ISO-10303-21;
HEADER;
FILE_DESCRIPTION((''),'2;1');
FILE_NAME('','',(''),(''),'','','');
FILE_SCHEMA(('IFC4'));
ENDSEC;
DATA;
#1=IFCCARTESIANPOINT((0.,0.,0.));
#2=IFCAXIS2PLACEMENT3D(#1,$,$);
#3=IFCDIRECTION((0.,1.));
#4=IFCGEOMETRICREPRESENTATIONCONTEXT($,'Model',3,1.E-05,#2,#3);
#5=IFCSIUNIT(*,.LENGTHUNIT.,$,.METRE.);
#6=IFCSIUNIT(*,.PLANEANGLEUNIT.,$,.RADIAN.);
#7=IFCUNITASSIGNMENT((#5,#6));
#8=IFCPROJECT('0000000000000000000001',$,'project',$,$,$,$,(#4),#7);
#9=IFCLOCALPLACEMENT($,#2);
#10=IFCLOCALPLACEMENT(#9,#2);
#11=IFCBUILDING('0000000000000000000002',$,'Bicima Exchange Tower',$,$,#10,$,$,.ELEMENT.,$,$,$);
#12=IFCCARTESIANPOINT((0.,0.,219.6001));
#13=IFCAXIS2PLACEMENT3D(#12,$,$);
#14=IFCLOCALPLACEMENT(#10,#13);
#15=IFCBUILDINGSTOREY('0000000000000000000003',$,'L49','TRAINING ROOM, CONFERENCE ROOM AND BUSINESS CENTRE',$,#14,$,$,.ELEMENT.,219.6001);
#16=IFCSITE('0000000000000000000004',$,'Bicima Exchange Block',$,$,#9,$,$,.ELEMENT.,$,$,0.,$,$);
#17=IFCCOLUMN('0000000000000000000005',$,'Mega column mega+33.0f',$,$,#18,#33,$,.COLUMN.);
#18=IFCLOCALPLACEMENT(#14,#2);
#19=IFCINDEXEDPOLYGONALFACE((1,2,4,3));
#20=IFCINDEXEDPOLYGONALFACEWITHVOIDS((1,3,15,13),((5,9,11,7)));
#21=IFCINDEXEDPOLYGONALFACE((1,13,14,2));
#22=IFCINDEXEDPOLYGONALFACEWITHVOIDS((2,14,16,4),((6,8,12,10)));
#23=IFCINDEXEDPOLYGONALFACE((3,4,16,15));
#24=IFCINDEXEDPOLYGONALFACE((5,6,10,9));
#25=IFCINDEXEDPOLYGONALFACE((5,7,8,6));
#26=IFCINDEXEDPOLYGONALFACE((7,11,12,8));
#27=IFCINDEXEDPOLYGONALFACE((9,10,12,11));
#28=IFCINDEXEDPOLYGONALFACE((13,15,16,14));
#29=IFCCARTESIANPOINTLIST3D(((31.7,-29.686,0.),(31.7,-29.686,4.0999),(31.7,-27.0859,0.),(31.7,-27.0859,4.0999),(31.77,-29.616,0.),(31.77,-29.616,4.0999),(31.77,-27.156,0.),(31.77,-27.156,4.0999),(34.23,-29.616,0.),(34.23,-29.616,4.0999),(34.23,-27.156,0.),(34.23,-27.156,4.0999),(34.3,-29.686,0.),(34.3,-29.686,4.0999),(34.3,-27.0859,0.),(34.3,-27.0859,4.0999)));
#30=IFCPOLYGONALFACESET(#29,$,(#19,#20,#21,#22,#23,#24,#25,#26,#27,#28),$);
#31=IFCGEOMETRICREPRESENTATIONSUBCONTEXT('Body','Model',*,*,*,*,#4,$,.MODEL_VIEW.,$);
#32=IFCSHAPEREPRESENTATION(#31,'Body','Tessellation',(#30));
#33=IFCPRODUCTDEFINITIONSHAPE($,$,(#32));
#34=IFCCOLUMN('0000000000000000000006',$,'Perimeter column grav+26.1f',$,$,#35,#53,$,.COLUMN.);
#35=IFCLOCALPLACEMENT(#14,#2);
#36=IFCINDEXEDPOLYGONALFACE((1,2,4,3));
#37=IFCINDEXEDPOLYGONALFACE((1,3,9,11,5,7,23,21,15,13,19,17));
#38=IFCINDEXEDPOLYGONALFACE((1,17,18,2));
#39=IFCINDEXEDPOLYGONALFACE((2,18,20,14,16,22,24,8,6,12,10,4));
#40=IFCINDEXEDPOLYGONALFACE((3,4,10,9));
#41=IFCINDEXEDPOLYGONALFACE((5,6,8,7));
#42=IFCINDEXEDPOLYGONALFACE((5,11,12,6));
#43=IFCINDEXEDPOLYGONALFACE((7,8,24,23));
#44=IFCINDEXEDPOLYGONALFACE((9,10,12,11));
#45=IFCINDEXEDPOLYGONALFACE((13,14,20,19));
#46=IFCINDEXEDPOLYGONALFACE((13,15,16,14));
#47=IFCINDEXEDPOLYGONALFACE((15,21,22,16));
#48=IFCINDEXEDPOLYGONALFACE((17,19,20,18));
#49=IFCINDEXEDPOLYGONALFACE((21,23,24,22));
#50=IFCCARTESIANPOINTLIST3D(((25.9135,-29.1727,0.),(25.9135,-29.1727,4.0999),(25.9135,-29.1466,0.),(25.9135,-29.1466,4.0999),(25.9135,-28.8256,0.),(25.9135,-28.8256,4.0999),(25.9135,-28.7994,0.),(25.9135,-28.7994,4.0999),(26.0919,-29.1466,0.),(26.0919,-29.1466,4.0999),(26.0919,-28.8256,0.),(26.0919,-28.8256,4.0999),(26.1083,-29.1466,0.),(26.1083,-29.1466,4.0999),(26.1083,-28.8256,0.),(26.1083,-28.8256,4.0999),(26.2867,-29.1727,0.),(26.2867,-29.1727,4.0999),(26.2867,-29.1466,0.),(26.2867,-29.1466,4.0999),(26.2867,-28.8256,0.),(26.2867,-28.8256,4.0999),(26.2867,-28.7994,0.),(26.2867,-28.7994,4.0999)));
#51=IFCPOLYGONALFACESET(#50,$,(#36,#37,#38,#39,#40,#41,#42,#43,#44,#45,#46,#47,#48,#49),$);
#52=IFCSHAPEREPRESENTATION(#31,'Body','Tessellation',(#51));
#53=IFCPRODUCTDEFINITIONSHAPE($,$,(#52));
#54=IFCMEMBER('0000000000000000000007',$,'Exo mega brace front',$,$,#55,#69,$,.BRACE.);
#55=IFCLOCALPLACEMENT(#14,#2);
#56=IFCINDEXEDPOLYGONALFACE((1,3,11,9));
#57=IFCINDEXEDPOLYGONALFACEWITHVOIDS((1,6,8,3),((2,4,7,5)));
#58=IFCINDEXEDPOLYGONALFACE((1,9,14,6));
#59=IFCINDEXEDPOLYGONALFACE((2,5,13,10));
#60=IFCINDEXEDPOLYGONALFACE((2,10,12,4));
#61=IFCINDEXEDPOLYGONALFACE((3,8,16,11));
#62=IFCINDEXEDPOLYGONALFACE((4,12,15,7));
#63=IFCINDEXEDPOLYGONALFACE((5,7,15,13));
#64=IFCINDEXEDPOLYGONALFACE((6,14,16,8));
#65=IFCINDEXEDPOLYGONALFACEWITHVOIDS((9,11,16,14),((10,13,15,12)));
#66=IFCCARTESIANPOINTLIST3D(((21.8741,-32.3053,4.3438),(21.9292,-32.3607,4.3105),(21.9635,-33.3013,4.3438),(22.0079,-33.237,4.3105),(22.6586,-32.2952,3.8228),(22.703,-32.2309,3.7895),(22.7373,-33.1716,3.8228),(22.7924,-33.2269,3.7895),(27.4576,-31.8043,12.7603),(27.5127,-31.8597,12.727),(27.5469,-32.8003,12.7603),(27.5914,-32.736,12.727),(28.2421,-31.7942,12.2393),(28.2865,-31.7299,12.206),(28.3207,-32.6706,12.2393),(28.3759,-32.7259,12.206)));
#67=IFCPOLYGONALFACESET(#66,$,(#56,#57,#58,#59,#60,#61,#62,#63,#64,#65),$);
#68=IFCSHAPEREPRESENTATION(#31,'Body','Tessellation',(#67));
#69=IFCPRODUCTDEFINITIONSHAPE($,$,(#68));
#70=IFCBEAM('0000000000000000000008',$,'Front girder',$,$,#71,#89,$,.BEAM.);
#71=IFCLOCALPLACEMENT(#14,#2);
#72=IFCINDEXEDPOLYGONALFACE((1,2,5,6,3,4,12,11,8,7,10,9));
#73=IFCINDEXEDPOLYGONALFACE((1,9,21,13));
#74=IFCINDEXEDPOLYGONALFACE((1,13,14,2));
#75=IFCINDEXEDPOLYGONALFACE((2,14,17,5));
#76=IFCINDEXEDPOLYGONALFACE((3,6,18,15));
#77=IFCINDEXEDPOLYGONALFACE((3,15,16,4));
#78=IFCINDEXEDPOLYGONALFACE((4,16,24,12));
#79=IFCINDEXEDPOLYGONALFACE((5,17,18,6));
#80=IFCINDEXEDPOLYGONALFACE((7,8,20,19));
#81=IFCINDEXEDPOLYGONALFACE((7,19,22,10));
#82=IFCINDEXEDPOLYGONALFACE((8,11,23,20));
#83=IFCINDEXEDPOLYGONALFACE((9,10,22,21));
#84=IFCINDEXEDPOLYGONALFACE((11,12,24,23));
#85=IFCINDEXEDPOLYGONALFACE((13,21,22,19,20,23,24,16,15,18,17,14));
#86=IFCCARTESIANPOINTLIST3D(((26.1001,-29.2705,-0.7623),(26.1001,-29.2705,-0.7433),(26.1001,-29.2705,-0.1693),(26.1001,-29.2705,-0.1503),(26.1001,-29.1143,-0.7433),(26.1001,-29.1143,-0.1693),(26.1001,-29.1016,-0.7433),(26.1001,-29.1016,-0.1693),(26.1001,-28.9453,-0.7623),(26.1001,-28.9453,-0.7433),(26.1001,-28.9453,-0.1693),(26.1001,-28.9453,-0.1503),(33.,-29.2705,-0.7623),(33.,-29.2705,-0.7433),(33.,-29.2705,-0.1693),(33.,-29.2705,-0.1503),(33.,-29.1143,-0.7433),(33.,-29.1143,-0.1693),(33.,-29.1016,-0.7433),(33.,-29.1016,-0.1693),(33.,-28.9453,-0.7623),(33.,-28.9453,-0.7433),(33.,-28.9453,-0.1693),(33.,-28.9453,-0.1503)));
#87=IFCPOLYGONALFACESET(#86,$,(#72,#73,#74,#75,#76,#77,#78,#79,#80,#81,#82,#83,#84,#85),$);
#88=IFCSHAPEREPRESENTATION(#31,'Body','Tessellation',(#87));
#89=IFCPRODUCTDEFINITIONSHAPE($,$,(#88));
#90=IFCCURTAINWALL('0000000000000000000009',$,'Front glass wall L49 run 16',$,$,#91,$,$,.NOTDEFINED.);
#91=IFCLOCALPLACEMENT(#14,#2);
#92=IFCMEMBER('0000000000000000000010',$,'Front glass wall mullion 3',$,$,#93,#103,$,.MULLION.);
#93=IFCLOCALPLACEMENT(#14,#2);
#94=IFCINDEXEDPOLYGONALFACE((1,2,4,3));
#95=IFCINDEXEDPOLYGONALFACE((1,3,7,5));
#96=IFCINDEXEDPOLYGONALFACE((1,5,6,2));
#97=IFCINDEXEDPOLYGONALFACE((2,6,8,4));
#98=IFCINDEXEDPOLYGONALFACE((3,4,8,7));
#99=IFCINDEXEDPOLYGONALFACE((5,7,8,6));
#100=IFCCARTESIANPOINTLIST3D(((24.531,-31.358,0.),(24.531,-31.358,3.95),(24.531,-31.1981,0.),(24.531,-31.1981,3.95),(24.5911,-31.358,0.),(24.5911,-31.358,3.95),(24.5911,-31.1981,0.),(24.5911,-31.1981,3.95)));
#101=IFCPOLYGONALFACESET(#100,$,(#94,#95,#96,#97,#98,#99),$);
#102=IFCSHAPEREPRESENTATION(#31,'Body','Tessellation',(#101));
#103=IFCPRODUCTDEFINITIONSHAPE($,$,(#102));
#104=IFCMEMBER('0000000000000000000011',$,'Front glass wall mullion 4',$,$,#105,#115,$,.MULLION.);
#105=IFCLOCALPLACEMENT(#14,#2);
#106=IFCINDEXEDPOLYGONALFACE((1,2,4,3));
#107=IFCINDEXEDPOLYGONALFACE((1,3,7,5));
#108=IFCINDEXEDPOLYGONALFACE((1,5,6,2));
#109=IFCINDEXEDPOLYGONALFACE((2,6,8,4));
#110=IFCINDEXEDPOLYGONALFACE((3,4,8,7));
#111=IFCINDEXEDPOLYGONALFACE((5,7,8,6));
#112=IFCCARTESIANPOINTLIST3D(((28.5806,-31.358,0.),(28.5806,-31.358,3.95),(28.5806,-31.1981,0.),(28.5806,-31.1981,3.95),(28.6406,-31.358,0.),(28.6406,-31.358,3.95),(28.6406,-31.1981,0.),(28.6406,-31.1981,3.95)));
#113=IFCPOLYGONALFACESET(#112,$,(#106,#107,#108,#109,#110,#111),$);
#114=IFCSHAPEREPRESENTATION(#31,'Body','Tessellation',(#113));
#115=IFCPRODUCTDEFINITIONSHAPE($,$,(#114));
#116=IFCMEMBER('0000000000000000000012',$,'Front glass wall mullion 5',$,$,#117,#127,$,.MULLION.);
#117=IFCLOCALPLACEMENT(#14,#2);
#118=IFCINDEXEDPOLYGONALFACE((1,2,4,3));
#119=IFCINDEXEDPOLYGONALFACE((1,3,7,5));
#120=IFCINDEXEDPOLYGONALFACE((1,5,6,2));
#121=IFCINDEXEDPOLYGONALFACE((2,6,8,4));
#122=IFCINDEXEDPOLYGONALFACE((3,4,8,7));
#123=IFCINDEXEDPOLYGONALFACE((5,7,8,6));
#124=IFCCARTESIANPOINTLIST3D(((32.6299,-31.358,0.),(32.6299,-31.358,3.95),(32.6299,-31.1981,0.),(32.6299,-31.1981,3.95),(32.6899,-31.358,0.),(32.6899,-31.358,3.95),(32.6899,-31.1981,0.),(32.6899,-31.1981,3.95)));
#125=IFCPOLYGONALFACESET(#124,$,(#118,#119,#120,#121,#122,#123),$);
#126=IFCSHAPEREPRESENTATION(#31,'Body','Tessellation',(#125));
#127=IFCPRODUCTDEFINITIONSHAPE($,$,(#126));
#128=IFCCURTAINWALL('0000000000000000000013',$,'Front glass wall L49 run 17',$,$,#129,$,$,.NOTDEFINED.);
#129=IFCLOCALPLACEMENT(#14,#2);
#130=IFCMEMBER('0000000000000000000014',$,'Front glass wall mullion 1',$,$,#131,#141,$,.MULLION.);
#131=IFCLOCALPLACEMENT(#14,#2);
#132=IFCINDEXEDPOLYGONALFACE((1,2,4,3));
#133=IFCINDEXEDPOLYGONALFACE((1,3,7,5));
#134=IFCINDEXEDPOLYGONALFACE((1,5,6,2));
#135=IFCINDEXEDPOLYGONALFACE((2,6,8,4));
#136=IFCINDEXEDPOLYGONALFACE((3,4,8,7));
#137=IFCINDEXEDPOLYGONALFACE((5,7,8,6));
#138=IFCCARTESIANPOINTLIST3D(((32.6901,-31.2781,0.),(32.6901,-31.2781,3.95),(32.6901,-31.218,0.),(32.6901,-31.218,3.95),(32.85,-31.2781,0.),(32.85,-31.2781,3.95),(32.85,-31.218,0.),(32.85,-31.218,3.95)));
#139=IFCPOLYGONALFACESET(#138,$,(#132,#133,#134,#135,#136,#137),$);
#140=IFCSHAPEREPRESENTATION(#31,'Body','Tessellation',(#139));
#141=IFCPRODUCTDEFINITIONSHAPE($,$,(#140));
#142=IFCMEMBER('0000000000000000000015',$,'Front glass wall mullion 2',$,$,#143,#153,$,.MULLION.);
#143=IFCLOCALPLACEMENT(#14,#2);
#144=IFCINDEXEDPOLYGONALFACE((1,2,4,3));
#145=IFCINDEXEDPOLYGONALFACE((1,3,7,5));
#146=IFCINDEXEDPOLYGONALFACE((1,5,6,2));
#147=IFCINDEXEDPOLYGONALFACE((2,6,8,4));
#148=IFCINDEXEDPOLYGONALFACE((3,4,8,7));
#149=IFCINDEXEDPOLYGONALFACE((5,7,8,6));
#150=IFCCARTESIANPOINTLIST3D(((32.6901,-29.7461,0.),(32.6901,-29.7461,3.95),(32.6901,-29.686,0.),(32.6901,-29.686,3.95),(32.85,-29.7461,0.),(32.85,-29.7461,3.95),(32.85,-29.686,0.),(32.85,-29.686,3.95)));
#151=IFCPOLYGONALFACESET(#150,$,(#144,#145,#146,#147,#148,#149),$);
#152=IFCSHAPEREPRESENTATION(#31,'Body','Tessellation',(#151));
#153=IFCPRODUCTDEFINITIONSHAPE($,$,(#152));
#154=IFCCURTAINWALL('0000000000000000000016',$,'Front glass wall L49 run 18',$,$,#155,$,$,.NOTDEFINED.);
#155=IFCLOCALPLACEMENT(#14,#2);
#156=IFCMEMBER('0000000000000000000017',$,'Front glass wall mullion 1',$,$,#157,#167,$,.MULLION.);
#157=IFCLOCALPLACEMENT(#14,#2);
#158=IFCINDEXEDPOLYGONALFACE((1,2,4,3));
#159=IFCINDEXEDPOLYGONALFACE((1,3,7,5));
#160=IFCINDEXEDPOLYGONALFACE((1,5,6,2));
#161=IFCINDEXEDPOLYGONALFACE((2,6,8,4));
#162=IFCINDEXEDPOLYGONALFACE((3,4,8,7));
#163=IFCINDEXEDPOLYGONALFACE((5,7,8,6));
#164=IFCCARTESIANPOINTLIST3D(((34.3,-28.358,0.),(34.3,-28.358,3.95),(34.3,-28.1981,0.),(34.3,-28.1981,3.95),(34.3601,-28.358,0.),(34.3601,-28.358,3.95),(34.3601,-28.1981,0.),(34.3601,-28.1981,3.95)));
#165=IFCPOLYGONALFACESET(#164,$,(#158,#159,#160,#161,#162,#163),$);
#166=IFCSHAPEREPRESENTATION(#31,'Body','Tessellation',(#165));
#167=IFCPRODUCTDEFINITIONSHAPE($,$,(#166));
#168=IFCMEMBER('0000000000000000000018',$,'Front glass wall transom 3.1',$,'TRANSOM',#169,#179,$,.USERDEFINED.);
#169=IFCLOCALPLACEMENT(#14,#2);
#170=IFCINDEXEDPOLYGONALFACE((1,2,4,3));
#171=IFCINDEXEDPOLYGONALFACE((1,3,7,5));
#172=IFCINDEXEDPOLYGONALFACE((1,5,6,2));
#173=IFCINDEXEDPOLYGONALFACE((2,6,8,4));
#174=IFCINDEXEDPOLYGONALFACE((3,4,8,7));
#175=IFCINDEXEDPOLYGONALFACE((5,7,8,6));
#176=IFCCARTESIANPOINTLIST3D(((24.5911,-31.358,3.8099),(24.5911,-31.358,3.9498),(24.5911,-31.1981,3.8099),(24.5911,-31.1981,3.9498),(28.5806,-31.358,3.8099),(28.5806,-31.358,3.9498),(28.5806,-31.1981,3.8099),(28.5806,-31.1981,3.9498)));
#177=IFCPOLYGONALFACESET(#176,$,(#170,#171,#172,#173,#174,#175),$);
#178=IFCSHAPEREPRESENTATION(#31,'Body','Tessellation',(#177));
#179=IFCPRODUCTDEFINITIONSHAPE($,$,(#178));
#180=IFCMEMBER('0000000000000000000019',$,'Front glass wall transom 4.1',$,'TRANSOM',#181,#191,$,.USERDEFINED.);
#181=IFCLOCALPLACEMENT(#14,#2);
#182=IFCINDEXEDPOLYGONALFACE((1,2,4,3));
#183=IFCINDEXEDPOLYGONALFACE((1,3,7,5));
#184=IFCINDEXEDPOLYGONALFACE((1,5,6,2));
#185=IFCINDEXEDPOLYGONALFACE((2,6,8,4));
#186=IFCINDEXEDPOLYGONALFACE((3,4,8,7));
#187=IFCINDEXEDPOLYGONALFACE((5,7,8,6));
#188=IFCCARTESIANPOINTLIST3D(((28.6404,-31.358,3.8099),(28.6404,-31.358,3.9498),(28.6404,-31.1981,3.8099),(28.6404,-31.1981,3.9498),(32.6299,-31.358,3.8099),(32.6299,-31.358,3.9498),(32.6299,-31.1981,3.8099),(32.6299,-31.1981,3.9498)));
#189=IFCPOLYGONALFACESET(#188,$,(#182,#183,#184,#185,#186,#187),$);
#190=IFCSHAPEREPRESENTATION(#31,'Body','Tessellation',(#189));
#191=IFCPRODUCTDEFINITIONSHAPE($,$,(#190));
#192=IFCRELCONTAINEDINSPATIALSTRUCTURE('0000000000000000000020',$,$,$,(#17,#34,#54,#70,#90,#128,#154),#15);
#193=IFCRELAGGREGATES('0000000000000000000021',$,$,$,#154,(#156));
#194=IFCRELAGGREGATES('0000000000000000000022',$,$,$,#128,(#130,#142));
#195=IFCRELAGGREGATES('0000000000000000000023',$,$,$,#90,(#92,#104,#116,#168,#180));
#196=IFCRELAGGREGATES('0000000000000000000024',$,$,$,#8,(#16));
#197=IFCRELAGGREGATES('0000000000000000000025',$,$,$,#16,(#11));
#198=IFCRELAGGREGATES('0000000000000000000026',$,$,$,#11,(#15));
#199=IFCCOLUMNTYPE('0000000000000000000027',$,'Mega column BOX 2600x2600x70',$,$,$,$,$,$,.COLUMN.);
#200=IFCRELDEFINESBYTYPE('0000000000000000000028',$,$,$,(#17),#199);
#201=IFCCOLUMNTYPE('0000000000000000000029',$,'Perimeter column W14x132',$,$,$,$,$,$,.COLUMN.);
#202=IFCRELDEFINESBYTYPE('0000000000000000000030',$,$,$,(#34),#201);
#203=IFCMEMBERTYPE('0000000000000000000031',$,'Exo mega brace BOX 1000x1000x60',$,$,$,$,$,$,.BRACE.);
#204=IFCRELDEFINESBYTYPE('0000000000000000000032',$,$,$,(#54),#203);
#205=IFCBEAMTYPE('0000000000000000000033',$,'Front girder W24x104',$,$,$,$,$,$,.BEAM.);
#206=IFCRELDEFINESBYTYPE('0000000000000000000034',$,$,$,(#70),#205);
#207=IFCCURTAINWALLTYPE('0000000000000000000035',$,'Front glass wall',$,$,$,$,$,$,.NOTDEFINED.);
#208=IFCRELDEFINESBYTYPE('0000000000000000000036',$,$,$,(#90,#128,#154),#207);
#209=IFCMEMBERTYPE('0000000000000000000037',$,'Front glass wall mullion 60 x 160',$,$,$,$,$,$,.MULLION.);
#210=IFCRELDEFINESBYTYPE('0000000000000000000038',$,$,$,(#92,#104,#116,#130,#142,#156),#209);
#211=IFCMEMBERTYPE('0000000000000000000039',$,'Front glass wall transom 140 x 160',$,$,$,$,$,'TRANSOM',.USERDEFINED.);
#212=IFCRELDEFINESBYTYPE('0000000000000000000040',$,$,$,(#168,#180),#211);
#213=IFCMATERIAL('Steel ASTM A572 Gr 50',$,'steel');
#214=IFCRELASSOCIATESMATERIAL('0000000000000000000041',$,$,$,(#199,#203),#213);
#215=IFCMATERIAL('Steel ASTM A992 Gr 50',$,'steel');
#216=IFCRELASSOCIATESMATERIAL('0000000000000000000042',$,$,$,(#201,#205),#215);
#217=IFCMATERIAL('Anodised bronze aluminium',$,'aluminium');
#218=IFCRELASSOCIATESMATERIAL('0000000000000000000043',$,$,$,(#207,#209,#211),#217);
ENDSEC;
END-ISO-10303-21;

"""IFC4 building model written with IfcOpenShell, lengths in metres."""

from ifc_helpers import new_model, si_unit, direction, frame, origin, origin_2d, place, context, subcontext, project, spatial, rectangle, hollow_rectangle, i_section, extrude, material, material_profile, profile_set, type_object, element, aggregate, save


model = new_model("IFC4")

# Units and contexts
model_context = context("Model", 3, precision=1e-05, world=origin(), true_north=direction((0.0, 1.0)))
body_context = subcontext(model_context, "Body", "Model", "MODEL_VIEW")
ifc_project = project(units=[si_unit("LENGTHUNIT", "METRE"), si_unit("PLANEANGLEUNIT", "RADIAN")], contexts=[model_context])

# Site, building, storey
site_placement = place(None, origin())
site = spatial("IfcSite", under=ifc_project, at=site_placement, Name="Bicima Exchange Block", CompositionType="ELEMENT", RefElevation=0.0)
building_placement = place(site_placement, origin())
building = spatial("IfcBuilding", under=site, at=building_placement, Name="Bicima Exchange Tower", CompositionType="ELEMENT")
storey_placement = place(building_placement, frame((0.0, 0.0, 219.6001)))
storey = spatial("IfcBuildingStorey", under=building, at=storey_placement, Name="L49", Description="TRAINING ROOM, CONFERENCE ROOM AND BUSINESS CENTRE", CompositionType="ELEMENT", Elevation=219.6001)

# Columns
ifc_material_1 = material(Name="Steel ASTM A572 Gr 50", Category="steel")
ifc_material_profile_1 = material_profile(ifc_material_1, hollow_rectangle(XDim=2.6001, YDim=2.6001, WallThickness=0.0701, at=origin_2d()))
ifc_profile_set_1 = profile_set([ifc_material_profile_1], Name="Steel ASTM A572 Gr 50")
column_type_1 = type_object("IfcColumnType", Name="Mega column BOX 2600x2600x70", PredefinedType="COLUMN", material=ifc_profile_set_1)
column_1_placement = place(storey_placement, frame((33.0, -28.386, 0.0), z_axis=(0.0, 0.0, 1.0), x_axis=(1.0, 0.0, 0.0)))
element("IfcColumn", 1, at=column_1_placement, inside=storey, type_object=column_type_1, Name="Mega column mega+33.0f", PredefinedType="COLUMN", context=body_context, shape_type="SweptSolid", body=[
    extrude(hollow_rectangle(XDim=2.6001, YDim=2.6001, WallThickness=0.0701, at=origin_2d()), origin(), (0.0, 0.0, 1.0), 4.0999),
])
ifc_material_2 = material(Name="Steel ASTM A992 Gr 50", Category="steel")
ifc_material_profile_2 = material_profile(ifc_material_2, i_section(OverallWidth=0.3733, OverallDepth=0.3733, WebThickness=0.0164, FlangeThickness=0.0261, at=origin_2d()))
ifc_profile_set_2 = profile_set([ifc_material_profile_2], Name="Steel ASTM A992 Gr 50")
column_type_2 = type_object("IfcColumnType", Name="Perimeter column W14x132", PredefinedType="COLUMN", material=ifc_profile_set_2)
column_2_placement = place(storey_placement, frame((26.1001, -28.9861, 0.0), z_axis=(0.0, 0.0, 1.0), x_axis=(1.0, 0.0, 0.0)))
element("IfcColumn", 2, at=column_2_placement, inside=storey, type_object=column_type_2, Name="Perimeter column grav+26.1f", PredefinedType="COLUMN", context=body_context, shape_type="SweptSolid", body=[
    extrude(i_section(OverallWidth=0.3733, OverallDepth=0.3733, WebThickness=0.0164, FlangeThickness=0.0261, at=origin_2d()), origin(), (0.0, 0.0, 1.0), 4.0999),
])

# Member
ifc_material_profile_3 = material_profile(ifc_material_1, hollow_rectangle(XDim=1.0, YDim=1.0, WallThickness=0.0601, at=origin_2d()))
ifc_profile_set_3 = profile_set([ifc_material_profile_3], Name="Steel ASTM A572 Gr 50")
member_type_1 = type_object("IfcMemberType", Name="Exo mega brace BOX 1000x1000x60", PredefinedType="BRACE", material=ifc_profile_set_3)
member_1_placement = place(storey_placement, frame((22.3333, -32.7661, 4.0667), z_axis=(0.552135, 0.04954, 0.832282), x_axis=(-0.089366, 0.995999, 0.0)))
element("IfcMember", 3, at=member_1_placement, inside=storey, type_object=member_type_1, Name="Exo mega brace front", PredefinedType="BRACE", context=body_context, shape_type="SweptSolid", body=[
    extrude(hollow_rectangle(XDim=1.0, YDim=1.0, WallThickness=0.0601, at=origin_2d()), origin(), (0.0, 0.0, 1.0), 10.1125),
])

# Beam
ifc_material_profile_4 = material_profile(ifc_material_2, i_section(OverallWidth=0.3252, OverallDepth=0.6121, WebThickness=0.0127, FlangeThickness=0.019, at=origin_2d()))
ifc_profile_set_4 = profile_set([ifc_material_profile_4], Name="Steel ASTM A992 Gr 50")
beam_type = type_object("IfcBeamType", Name="Front girder W24x104", PredefinedType="BEAM", material=ifc_profile_set_4)
beam_placement = place(storey_placement, frame((26.1001, -29.1079, -0.4563), z_axis=(1.0, 0.0, 0.0), x_axis=(0.0, 1.0, 0.0)))
element("IfcBeam", 4, at=beam_placement, inside=storey, type_object=beam_type, Name="Front girder", PredefinedType="BEAM", context=body_context, shape_type="SweptSolid", body=[
    extrude(i_section(OverallWidth=0.3252, OverallDepth=0.6121, WebThickness=0.0127, FlangeThickness=0.019, at=origin_2d()), origin(), (0.0, 0.0, 1.0), 6.8999),
])

# Curtain walls, members
ifc_material_3 = material(Name="Anodised bronze aluminium", Category="aluminium")
curtain_wall_type = type_object("IfcCurtainWallType", Name="Front glass wall", PredefinedType="NOTDEFINED", material=ifc_material_3)
curtain_wall_1_placement = place(storey_placement, origin())
curtain_wall_1 = element("IfcCurtainWall", 5, at=curtain_wall_1_placement, inside=storey, type_object=curtain_wall_type, Name="Front glass wall L49 run 16", PredefinedType="NOTDEFINED")
ifc_material_profile_5 = material_profile(ifc_material_3, rectangle(XDim=0.1599, YDim=0.0601, at=origin_2d()))
ifc_profile_set_5 = profile_set([ifc_material_profile_5], Name="Anodised bronze aluminium")
member_type_2 = type_object("IfcMemberType", Name="Front glass wall mullion 60 x 160", PredefinedType="MULLION", material=ifc_profile_set_5)
member_2_placement = place(storey_placement, frame((24.561, -31.2781, 0.0), z_axis=(0.0, 0.0, 1.0), x_axis=(0.0, 1.0, 0.0)))
member_2 = element("IfcMember", 6, at=member_2_placement, type_object=member_type_2, Name="Front glass wall mullion 3", PredefinedType="MULLION", context=body_context, shape_type="SweptSolid", body=[
    extrude(rectangle(XDim=0.1599, YDim=0.0601, at=origin_2d()), origin(), (0.0, 0.0, 1.0), 3.95),
])
member_3_placement = place(storey_placement, frame((28.6106, -31.2781, 0.0), z_axis=(0.0, 0.0, 1.0), x_axis=(0.0, 1.0, 0.0)))
member_3 = element("IfcMember", 7, at=member_3_placement, type_object=member_type_2, Name="Front glass wall mullion 4", PredefinedType="MULLION", context=body_context, shape_type="SweptSolid", body=[
    extrude(rectangle(XDim=0.1599, YDim=0.0601, at=origin_2d()), origin(), (0.0, 0.0, 1.0), 3.95),
])
member_4_placement = place(storey_placement, frame((32.6599, -31.2781, 0.0), z_axis=(0.0, 0.0, 1.0), x_axis=(0.0, 1.0, 0.0)))
member_4 = element("IfcMember", 8, at=member_4_placement, type_object=member_type_2, Name="Front glass wall mullion 5", PredefinedType="MULLION", context=body_context, shape_type="SweptSolid", body=[
    extrude(rectangle(XDim=0.1599, YDim=0.0601, at=origin_2d()), origin(), (0.0, 0.0, 1.0), 3.95),
])
curtain_wall_2_placement = place(storey_placement, origin())
curtain_wall_2 = element("IfcCurtainWall", 9, at=curtain_wall_2_placement, inside=storey, type_object=curtain_wall_type, Name="Front glass wall L49 run 17", PredefinedType="NOTDEFINED")
member_5_placement = place(storey_placement, frame((32.77, -31.248, 0.0), z_axis=(0.0, 0.0, 1.0), x_axis=(-1.0, 0.0, 0.0)))
member_5 = element("IfcMember", 10, at=member_5_placement, type_object=member_type_2, Name="Front glass wall mullion 1", PredefinedType="MULLION", context=body_context, shape_type="SweptSolid", body=[
    extrude(rectangle(XDim=0.1599, YDim=0.0601, at=origin_2d()), origin(), (0.0, 0.0, 1.0), 3.95),
])
member_6_placement = place(storey_placement, frame((32.77, -29.7161, 0.0), z_axis=(0.0, 0.0, 1.0), x_axis=(-1.0, 0.0, 0.0)))
member_6 = element("IfcMember", 11, at=member_6_placement, type_object=member_type_2, Name="Front glass wall mullion 2", PredefinedType="MULLION", context=body_context, shape_type="SweptSolid", body=[
    extrude(rectangle(XDim=0.1599, YDim=0.0601, at=origin_2d()), origin(), (0.0, 0.0, 1.0), 3.95),
])

# Curtain wall, member
curtain_wall_3_placement = place(storey_placement, origin())
curtain_wall_3 = element("IfcCurtainWall", 12, at=curtain_wall_3_placement, inside=storey, type_object=curtain_wall_type, Name="Front glass wall L49 run 18", PredefinedType="NOTDEFINED")
member_7_placement = place(storey_placement, frame((34.3301, -28.2781, 0.0), z_axis=(0.0, 0.0, 1.0), x_axis=(0.0, 1.0, 0.0)))
member_7 = element("IfcMember", 13, at=member_7_placement, type_object=member_type_2, Name="Front glass wall mullion 1", PredefinedType="MULLION", context=body_context, shape_type="SweptSolid", body=[
    extrude(rectangle(XDim=0.1599, YDim=0.0601, at=origin_2d()), origin(), (0.0, 0.0, 1.0), 3.95),
])

# Members
ifc_material_profile_6 = material_profile(ifc_material_3, rectangle(XDim=0.1599, YDim=0.1399, at=origin_2d()))
ifc_profile_set_6 = profile_set([ifc_material_profile_6], Name="Anodised bronze aluminium")
member_type_3 = type_object("IfcMemberType", Name="Front glass wall transom 140 x 160", ElementType="TRANSOM", PredefinedType="USERDEFINED", material=ifc_profile_set_6)
member_8_placement = place(storey_placement, frame((24.5911, -31.2781, 3.8799), z_axis=(1.0, 0.0, 0.0), x_axis=(0.0, 1.0, 0.0)))
member_8 = element("IfcMember", 14, at=member_8_placement, type_object=member_type_3, Name="Front glass wall transom 3.1", ObjectType="TRANSOM", PredefinedType="USERDEFINED", context=body_context, shape_type="SweptSolid", body=[
    extrude(rectangle(XDim=0.1599, YDim=0.1399, at=origin_2d()), origin(), (0.0, 0.0, 1.0), 3.9895),
])
member_9_placement = place(storey_placement, frame((28.6404, -31.2781, 3.8799), z_axis=(1.0, 0.0, 0.0), x_axis=(0.0, 1.0, 0.0)))
member_9 = element("IfcMember", 15, at=member_9_placement, type_object=member_type_3, Name="Front glass wall transom 4.1", ObjectType="TRANSOM", PredefinedType="USERDEFINED", context=body_context, shape_type="SweptSolid", body=[
    extrude(rectangle(XDim=0.1599, YDim=0.1399, at=origin_2d()), origin(), (0.0, 0.0, 1.0), 3.9895),
])
aggregate(curtain_wall_3, [member_7])

aggregate(curtain_wall_2, [member_5, member_6])
aggregate(curtain_wall_1, [member_2, member_3, member_4, member_8, member_9])

save(model, "model.ifc")
